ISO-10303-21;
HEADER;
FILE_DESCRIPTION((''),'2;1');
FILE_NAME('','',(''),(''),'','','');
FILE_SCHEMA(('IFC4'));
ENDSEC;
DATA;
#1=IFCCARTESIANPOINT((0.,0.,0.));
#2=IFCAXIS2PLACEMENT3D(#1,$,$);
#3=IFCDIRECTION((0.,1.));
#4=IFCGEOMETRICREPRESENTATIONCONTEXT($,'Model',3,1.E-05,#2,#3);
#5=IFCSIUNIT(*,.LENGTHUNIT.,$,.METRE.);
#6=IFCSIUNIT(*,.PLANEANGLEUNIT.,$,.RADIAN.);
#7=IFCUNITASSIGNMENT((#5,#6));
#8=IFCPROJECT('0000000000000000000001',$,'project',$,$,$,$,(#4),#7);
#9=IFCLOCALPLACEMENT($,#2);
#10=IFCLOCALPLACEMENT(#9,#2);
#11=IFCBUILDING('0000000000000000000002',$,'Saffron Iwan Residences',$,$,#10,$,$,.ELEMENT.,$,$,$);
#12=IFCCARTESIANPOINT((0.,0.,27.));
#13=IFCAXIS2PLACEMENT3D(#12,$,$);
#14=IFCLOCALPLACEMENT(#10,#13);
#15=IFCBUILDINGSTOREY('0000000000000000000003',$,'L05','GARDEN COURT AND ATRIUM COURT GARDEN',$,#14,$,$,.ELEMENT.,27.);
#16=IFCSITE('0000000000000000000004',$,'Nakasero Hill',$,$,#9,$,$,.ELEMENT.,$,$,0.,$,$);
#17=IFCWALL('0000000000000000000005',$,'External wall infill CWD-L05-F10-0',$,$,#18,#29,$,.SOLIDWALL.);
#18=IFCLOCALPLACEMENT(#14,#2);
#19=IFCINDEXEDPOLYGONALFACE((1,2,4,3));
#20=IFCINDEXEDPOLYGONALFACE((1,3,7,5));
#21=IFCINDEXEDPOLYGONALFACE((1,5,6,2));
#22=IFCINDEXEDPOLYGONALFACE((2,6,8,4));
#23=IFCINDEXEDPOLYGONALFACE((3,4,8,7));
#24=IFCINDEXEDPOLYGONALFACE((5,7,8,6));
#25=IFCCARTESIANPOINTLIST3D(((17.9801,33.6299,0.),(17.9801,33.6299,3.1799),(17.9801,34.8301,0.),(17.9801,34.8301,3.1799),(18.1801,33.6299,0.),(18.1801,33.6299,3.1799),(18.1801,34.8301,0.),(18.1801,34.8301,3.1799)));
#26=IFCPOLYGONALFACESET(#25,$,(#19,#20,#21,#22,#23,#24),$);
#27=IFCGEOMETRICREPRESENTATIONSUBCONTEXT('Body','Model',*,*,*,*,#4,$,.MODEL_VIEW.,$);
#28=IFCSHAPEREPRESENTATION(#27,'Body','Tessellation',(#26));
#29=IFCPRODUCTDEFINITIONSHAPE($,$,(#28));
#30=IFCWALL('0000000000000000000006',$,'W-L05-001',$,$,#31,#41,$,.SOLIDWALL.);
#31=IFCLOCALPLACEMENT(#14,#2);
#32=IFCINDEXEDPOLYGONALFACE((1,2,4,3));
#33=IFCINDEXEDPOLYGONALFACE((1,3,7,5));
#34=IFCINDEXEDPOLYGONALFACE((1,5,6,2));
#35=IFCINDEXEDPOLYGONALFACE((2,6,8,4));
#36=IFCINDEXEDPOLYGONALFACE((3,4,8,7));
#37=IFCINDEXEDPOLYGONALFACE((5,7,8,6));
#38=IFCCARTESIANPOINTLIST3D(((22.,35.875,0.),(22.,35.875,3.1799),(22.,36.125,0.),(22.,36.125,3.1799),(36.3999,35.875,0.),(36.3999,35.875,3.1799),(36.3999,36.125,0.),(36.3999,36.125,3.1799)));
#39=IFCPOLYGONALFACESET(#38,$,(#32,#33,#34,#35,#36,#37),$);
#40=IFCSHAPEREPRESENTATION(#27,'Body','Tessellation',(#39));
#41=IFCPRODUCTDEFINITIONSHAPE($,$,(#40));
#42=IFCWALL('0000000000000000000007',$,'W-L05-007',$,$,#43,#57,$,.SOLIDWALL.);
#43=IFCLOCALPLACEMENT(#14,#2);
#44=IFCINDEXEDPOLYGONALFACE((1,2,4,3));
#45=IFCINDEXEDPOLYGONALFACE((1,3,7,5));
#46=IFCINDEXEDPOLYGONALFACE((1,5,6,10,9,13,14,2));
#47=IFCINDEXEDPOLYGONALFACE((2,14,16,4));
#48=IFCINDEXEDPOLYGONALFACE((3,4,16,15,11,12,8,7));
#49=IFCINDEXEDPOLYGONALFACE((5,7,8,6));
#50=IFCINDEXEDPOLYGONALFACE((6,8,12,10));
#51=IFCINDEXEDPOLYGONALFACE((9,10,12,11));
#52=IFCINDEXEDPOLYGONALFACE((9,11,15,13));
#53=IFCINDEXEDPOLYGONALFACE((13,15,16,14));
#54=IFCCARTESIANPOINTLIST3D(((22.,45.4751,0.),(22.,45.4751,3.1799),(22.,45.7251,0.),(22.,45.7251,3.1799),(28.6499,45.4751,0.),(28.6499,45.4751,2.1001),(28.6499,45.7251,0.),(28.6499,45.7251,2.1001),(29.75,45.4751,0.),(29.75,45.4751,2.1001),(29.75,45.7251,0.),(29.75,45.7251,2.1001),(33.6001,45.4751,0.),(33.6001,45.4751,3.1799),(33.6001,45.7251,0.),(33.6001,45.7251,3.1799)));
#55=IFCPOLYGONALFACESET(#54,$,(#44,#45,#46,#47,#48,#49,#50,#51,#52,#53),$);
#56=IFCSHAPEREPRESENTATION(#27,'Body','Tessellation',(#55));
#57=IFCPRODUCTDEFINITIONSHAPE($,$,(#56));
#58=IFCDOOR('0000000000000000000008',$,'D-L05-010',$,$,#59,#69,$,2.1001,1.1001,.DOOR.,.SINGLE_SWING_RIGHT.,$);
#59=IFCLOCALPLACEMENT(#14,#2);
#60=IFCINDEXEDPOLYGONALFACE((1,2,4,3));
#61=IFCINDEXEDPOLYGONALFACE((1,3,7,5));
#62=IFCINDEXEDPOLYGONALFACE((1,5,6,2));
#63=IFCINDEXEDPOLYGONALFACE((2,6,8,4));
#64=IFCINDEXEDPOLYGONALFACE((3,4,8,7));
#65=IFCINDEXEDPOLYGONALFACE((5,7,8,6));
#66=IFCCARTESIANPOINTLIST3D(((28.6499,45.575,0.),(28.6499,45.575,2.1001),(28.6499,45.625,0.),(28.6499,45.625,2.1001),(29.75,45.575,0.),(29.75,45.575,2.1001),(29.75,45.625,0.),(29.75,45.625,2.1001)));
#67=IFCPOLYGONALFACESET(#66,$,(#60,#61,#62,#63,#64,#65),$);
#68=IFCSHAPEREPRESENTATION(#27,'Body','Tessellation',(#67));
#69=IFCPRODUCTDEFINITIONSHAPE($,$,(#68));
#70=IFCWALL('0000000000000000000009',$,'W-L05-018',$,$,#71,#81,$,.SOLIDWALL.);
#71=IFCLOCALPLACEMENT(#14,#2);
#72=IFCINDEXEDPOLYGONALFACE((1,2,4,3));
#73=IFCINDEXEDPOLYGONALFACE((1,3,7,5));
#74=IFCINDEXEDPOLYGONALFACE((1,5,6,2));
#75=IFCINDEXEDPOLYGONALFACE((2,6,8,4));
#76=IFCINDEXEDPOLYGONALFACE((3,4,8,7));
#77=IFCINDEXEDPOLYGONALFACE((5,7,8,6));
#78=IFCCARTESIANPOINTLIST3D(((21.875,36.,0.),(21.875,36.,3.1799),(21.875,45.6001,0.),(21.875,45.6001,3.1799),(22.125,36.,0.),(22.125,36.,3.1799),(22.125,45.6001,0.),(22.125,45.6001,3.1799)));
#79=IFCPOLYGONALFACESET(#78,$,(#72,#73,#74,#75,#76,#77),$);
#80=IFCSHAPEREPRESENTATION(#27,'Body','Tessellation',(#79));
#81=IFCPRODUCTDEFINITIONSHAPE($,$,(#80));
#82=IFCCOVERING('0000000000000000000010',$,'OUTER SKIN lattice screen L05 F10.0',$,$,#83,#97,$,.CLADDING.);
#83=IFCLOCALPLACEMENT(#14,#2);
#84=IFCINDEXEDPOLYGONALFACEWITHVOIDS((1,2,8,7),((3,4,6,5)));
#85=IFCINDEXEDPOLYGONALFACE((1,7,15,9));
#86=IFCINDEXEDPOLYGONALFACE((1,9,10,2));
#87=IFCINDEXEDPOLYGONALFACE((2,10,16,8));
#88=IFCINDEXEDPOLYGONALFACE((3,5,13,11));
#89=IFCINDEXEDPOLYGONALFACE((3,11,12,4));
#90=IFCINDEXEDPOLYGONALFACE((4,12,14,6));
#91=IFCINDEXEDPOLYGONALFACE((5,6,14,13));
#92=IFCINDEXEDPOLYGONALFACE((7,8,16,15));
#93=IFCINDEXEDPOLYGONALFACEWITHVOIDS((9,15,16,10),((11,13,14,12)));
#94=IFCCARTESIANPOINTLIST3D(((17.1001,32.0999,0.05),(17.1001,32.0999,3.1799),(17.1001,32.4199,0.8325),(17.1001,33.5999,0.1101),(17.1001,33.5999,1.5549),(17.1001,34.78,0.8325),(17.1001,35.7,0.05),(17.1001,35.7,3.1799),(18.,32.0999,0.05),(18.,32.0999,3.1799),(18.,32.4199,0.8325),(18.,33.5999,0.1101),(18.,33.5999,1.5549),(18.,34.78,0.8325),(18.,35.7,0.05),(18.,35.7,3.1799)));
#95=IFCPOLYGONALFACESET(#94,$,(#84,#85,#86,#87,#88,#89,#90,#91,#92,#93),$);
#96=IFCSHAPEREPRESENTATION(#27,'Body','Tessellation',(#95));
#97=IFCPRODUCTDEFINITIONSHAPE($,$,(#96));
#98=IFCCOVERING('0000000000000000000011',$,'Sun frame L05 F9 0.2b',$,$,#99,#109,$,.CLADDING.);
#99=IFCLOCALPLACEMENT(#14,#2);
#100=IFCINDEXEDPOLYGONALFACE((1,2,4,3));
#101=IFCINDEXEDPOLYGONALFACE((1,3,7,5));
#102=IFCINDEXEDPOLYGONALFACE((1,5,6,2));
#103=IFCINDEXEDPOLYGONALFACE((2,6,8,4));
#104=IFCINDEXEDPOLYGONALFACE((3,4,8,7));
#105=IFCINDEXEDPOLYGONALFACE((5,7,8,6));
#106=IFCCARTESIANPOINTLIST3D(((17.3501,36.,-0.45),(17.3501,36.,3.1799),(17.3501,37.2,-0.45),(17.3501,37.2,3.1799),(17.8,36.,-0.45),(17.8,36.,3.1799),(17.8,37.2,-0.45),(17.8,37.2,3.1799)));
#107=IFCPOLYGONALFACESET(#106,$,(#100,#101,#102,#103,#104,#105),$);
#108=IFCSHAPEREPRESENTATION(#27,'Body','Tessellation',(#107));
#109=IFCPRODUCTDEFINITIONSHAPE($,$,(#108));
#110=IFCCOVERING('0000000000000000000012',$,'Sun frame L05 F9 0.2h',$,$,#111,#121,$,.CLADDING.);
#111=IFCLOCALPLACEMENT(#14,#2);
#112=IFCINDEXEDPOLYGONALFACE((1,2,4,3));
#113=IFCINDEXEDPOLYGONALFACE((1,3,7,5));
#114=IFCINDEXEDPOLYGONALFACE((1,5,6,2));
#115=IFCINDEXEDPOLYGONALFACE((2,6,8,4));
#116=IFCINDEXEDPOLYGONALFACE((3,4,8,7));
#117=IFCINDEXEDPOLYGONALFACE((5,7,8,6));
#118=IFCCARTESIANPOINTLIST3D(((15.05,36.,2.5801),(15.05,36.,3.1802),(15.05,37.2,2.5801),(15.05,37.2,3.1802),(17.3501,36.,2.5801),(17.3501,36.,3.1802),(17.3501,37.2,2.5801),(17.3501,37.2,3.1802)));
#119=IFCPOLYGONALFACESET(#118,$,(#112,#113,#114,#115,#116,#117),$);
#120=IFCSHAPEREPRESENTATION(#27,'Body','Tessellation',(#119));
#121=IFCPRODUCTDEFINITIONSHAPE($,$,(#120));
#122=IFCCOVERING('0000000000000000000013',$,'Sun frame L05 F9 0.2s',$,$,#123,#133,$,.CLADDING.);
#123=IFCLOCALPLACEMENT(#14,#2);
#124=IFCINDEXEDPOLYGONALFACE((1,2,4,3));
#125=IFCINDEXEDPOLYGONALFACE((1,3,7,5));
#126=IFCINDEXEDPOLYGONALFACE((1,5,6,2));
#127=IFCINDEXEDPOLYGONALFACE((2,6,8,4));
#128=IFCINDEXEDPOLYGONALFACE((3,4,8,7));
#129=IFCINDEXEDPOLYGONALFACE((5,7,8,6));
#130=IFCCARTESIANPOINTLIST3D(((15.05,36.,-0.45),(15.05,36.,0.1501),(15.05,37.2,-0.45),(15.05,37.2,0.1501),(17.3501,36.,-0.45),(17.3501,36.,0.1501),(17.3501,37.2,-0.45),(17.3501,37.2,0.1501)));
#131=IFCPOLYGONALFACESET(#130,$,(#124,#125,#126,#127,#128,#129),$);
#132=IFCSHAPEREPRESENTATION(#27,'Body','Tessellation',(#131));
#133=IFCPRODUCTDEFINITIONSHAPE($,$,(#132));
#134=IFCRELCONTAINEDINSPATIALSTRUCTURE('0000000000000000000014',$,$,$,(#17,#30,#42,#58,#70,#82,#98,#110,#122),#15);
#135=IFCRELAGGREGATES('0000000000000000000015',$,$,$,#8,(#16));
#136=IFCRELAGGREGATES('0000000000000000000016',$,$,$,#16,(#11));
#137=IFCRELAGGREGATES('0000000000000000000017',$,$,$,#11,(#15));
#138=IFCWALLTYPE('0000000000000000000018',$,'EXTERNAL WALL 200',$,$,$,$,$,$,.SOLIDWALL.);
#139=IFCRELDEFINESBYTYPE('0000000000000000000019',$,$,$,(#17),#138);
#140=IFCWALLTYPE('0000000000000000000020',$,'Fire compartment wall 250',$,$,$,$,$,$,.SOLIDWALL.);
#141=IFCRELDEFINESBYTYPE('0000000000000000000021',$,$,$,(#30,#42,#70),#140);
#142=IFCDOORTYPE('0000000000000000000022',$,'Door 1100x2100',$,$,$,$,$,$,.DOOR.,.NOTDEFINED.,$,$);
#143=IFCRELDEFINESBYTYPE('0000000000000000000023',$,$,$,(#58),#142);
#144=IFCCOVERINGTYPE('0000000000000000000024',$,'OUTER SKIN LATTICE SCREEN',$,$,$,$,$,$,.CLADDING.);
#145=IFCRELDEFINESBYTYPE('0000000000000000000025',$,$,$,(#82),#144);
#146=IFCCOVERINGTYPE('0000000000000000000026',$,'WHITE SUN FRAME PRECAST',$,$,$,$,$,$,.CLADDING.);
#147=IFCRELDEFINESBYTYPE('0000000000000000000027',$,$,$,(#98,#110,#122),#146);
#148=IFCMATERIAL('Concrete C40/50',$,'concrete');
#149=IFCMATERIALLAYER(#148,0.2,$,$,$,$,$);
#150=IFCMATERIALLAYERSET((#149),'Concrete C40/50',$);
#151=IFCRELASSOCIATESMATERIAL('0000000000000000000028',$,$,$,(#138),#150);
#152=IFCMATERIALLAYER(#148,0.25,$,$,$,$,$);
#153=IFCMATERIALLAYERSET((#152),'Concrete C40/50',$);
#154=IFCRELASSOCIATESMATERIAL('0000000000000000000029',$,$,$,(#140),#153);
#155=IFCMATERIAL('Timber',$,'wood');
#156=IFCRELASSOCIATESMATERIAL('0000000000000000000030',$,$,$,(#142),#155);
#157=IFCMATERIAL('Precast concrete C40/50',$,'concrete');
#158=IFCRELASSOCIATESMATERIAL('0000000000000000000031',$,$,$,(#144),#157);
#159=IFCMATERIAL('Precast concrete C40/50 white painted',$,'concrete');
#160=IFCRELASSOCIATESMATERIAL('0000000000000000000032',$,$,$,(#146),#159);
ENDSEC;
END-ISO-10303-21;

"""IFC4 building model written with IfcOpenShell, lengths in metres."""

from ifc_helpers import new_model, si_unit, direction, frame, frame_2d, origin, place, context, subcontext, project, spatial, polyline, rectangle, outline, extrude, material, layer, layer_set, type_object, element, fill, save


model = new_model("IFC4")

# Units and contexts
model_context = context("Model", 3, precision=1e-05, world=origin(), true_north=direction((0.0, 1.0)))
body_context = subcontext(model_context, "Body", "Model", "MODEL_VIEW")
ifc_project = project(units=[si_unit("LENGTHUNIT", "METRE"), si_unit("PLANEANGLEUNIT", "RADIAN")], contexts=[model_context])

# Site, building, storey
site_placement = place(None, origin())
site = spatial("IfcSite", under=ifc_project, at=site_placement, Name="Nakasero Hill", CompositionType="ELEMENT", RefElevation=0.0)
building_placement = place(site_placement, origin())
building = spatial("IfcBuilding", under=site, at=building_placement, Name="Saffron Iwan Residences", CompositionType="ELEMENT")
storey_placement = place(building_placement, frame((0.0, 0.0, 27.0)))
storey = spatial("IfcBuildingStorey", under=building, at=storey_placement, Name="L05", Description="GARDEN COURT AND ATRIUM COURT GARDEN", CompositionType="ELEMENT", Elevation=27.0)

# Walls
ifc_material_1 = material(Name="Concrete C40/50", Category="concrete")
ifc_layer_1 = layer(ifc_material_1, 0.2)
ifc_layer_set_1 = layer_set([ifc_layer_1], Name="Concrete C40/50")
wall_type_1 = type_object("IfcWallType", Name="EXTERNAL WALL 200", PredefinedType="SOLIDWALL", material=ifc_layer_set_1)
wall_1_placement = place(storey_placement, frame((18.0801, 34.8301, 0.0), z_axis=(0.0, 0.0, 1.0), x_axis=(0.0, -1.0, 0.0)))
element("IfcWall", 1, at=wall_1_placement, inside=storey, type_object=wall_type_1, Name="External wall infill CWD-L05-F10-0", PredefinedType="SOLIDWALL", context=body_context, shape_type="SweptSolid", body=[
    extrude(rectangle(XDim=1.2002, YDim=0.2, at=frame_2d((0.6001, 0.0))), origin(), (0.0, 0.0, 1.0), 3.1799),
])
ifc_layer_2 = layer(ifc_material_1, 0.25)
ifc_layer_set_2 = layer_set([ifc_layer_2], Name="Concrete C40/50")
wall_type_2 = type_object("IfcWallType", Name="Fire compartment wall 250", PredefinedType="SOLIDWALL", material=ifc_layer_set_2)
wall_2_placement = place(storey_placement, frame((22.0, 36.0, 0.0), z_axis=(0.0, 0.0, 1.0), x_axis=(1.0, 0.0, 0.0)))
element("IfcWall", 2, at=wall_2_placement, inside=storey, type_object=wall_type_2, Name="W-L05-001", PredefinedType="SOLIDWALL", context=body_context, shape_type="SweptSolid", body=[
    extrude(rectangle(XDim=14.3999, YDim=0.25, at=frame_2d((7.2, 0.0))), origin(), (0.0, 0.0, 1.0), 3.1799),
])

# Wall, opening, door
wall_3_placement = place(storey_placement, frame((22.0, 45.6001, 0.0), z_axis=(0.0, 0.0, 1.0), x_axis=(1.0, 0.0, 0.0)))
wall_3 = element("IfcWall", 3, at=wall_3_placement, inside=storey, type_object=wall_type_2, Name="W-L05-007", PredefinedType="SOLIDWALL", context=body_context, shape_type="SweptSolid", body=[
    extrude(rectangle(XDim=11.6001, YDim=0.25, at=frame_2d((5.8, 0.0))), origin(), (0.0, 0.0, 1.0), 3.1799),
])
opening_placement = place(wall_3_placement, frame((6.6499, 0.0, 0.0)))
opening = element("IfcOpeningElement", 4, at=opening_placement, cuts=wall_3, PredefinedType="OPENING", context=body_context, shape_type="SweptSolid", body=[
    extrude(rectangle(XDim=1.1001, YDim=2.1001, at=frame_2d((0.55, 1.05))), frame((0.0, 0.135, 0.0), z_axis=(0.0, -1.0, 0.0), x_axis=(1.0, 0.0, 0.0)), (0.0, 0.0, 1.0), 0.27),
])
ifc_material_2 = material(Name="Timber", Category="wood")
door_type = type_object("IfcDoorType", Name="Door 1100x2100", OperationType="NOTDEFINED", PredefinedType="DOOR", material=ifc_material_2)
door_placement = place(opening_placement, origin())
door = element("IfcDoor", 5, at=door_placement, inside=storey, type_object=door_type, Name="D-L05-010", OperationType="SINGLE_SWING_RIGHT", OverallHeight=2.1001, OverallWidth=1.1001, PredefinedType="DOOR", context=body_context, shape_type="SweptSolid", body=[
    extrude(rectangle(XDim=1.1001, YDim=2.1001, at=frame_2d((0.55, 1.05))), frame((0.0, 0.0249, 0.0), z_axis=(0.0, -1.0, 0.0), x_axis=(1.0, 0.0, 0.0)), (0.0, 0.0, 1.0), 0.05),
])
fill(opening, door)

# Wall
wall_4_placement = place(storey_placement, frame((22.0, 36.0, 0.0), z_axis=(0.0, 0.0, 1.0), x_axis=(0.0, 1.0, 0.0)))
element("IfcWall", 6, at=wall_4_placement, inside=storey, type_object=wall_type_2, Name="W-L05-018", PredefinedType="SOLIDWALL", context=body_context, shape_type="SweptSolid", body=[
    extrude(rectangle(XDim=9.6001, YDim=0.25, at=frame_2d((4.8, 0.0))), origin(), (0.0, 0.0, 1.0), 3.1799),
])

# Coverings
ifc_material_3 = material(Name="Precast concrete C40/50", Category="concrete")
covering_type_1 = type_object("IfcCoveringType", Name="OUTER SKIN LATTICE SCREEN", PredefinedType="CLADDING", material=ifc_material_3)
covering_1_placement = place(storey_placement, frame((18.0, 35.7, 0.05), z_axis=(-1.0, 0.0, 0.0), x_axis=(0.0, -1.0, 0.0)))
element("IfcCovering", 7, at=covering_1_placement, inside=storey, type_object=covering_type_1, Name="OUTER SKIN lattice screen L05 F10.0", PredefinedType="CLADDING", context=body_context, shape_type="SweptSolid", body=[
    extrude(outline(polyline([(0.0, 0.0), (3.6001, 0.0), (3.6001, 3.1299), (0.0, 3.1299), (0.0, 0.0)]), holes=[polyline([(0.9199, 0.7825), (2.1001, 0.0601), (3.28, 0.7825), (2.1001, 1.5049), (0.9199, 0.7825)])]), origin(), (0.0, 0.0, 1.0), 0.8999),
])
ifc_material_4 = material(Name="Precast concrete C40/50 white painted", Category="concrete")
covering_type_2 = type_object("IfcCoveringType", Name="WHITE SUN FRAME PRECAST", PredefinedType="CLADDING", material=ifc_material_4)
covering_2_placement = place(storey_placement, frame((17.3501, 37.2, -0.45), z_axis=(0.0, -1.0, 0.0), x_axis=(1.0, 0.0, 0.0)))
element("IfcCovering", 8, at=covering_2_placement, inside=storey, type_object=covering_type_2, Name="Sun frame L05 F9 0.2b", PredefinedType="CLADDING", context=body_context, shape_type="SweptSolid", body=[
    extrude(outline(polyline([(0.0, 0.0), (0.45, 0.0), (0.45, 3.6299), (0.0, 3.6299), (0.0, 0.0)])), origin(), (0.0, 0.0, 1.0), 1.2),
])
for number, where, z_axis, x_axis, name in (
    (9, (15.05, 37.2, 2.5801), (0.0, -1.0, 0.0), (1.0, 0.0, 0.0), "Sun frame L05 F9 0.2h"),
    (10, (15.05, 37.2, -0.45), (0.0, -1.0, 0.0), (1.0, 0.0, 0.0), "Sun frame L05 F9 0.2s"),
):
    element("IfcCovering", number, at=place(storey_placement, frame(where, z_axis=z_axis, x_axis=x_axis)), inside=storey, type_object=covering_type_2, Name=name, PredefinedType="CLADDING", context=body_context, shape_type="SweptSolid", body=[
        extrude(outline(polyline([(0.0, 0.0), (2.3, 0.0), (2.3, 0.6001), (0.0, 0.6001), (0.0, 0.0)])), origin(), (0.0, 0.0, 1.0), 1.2),
    ])

save(model, "model.ifc")
